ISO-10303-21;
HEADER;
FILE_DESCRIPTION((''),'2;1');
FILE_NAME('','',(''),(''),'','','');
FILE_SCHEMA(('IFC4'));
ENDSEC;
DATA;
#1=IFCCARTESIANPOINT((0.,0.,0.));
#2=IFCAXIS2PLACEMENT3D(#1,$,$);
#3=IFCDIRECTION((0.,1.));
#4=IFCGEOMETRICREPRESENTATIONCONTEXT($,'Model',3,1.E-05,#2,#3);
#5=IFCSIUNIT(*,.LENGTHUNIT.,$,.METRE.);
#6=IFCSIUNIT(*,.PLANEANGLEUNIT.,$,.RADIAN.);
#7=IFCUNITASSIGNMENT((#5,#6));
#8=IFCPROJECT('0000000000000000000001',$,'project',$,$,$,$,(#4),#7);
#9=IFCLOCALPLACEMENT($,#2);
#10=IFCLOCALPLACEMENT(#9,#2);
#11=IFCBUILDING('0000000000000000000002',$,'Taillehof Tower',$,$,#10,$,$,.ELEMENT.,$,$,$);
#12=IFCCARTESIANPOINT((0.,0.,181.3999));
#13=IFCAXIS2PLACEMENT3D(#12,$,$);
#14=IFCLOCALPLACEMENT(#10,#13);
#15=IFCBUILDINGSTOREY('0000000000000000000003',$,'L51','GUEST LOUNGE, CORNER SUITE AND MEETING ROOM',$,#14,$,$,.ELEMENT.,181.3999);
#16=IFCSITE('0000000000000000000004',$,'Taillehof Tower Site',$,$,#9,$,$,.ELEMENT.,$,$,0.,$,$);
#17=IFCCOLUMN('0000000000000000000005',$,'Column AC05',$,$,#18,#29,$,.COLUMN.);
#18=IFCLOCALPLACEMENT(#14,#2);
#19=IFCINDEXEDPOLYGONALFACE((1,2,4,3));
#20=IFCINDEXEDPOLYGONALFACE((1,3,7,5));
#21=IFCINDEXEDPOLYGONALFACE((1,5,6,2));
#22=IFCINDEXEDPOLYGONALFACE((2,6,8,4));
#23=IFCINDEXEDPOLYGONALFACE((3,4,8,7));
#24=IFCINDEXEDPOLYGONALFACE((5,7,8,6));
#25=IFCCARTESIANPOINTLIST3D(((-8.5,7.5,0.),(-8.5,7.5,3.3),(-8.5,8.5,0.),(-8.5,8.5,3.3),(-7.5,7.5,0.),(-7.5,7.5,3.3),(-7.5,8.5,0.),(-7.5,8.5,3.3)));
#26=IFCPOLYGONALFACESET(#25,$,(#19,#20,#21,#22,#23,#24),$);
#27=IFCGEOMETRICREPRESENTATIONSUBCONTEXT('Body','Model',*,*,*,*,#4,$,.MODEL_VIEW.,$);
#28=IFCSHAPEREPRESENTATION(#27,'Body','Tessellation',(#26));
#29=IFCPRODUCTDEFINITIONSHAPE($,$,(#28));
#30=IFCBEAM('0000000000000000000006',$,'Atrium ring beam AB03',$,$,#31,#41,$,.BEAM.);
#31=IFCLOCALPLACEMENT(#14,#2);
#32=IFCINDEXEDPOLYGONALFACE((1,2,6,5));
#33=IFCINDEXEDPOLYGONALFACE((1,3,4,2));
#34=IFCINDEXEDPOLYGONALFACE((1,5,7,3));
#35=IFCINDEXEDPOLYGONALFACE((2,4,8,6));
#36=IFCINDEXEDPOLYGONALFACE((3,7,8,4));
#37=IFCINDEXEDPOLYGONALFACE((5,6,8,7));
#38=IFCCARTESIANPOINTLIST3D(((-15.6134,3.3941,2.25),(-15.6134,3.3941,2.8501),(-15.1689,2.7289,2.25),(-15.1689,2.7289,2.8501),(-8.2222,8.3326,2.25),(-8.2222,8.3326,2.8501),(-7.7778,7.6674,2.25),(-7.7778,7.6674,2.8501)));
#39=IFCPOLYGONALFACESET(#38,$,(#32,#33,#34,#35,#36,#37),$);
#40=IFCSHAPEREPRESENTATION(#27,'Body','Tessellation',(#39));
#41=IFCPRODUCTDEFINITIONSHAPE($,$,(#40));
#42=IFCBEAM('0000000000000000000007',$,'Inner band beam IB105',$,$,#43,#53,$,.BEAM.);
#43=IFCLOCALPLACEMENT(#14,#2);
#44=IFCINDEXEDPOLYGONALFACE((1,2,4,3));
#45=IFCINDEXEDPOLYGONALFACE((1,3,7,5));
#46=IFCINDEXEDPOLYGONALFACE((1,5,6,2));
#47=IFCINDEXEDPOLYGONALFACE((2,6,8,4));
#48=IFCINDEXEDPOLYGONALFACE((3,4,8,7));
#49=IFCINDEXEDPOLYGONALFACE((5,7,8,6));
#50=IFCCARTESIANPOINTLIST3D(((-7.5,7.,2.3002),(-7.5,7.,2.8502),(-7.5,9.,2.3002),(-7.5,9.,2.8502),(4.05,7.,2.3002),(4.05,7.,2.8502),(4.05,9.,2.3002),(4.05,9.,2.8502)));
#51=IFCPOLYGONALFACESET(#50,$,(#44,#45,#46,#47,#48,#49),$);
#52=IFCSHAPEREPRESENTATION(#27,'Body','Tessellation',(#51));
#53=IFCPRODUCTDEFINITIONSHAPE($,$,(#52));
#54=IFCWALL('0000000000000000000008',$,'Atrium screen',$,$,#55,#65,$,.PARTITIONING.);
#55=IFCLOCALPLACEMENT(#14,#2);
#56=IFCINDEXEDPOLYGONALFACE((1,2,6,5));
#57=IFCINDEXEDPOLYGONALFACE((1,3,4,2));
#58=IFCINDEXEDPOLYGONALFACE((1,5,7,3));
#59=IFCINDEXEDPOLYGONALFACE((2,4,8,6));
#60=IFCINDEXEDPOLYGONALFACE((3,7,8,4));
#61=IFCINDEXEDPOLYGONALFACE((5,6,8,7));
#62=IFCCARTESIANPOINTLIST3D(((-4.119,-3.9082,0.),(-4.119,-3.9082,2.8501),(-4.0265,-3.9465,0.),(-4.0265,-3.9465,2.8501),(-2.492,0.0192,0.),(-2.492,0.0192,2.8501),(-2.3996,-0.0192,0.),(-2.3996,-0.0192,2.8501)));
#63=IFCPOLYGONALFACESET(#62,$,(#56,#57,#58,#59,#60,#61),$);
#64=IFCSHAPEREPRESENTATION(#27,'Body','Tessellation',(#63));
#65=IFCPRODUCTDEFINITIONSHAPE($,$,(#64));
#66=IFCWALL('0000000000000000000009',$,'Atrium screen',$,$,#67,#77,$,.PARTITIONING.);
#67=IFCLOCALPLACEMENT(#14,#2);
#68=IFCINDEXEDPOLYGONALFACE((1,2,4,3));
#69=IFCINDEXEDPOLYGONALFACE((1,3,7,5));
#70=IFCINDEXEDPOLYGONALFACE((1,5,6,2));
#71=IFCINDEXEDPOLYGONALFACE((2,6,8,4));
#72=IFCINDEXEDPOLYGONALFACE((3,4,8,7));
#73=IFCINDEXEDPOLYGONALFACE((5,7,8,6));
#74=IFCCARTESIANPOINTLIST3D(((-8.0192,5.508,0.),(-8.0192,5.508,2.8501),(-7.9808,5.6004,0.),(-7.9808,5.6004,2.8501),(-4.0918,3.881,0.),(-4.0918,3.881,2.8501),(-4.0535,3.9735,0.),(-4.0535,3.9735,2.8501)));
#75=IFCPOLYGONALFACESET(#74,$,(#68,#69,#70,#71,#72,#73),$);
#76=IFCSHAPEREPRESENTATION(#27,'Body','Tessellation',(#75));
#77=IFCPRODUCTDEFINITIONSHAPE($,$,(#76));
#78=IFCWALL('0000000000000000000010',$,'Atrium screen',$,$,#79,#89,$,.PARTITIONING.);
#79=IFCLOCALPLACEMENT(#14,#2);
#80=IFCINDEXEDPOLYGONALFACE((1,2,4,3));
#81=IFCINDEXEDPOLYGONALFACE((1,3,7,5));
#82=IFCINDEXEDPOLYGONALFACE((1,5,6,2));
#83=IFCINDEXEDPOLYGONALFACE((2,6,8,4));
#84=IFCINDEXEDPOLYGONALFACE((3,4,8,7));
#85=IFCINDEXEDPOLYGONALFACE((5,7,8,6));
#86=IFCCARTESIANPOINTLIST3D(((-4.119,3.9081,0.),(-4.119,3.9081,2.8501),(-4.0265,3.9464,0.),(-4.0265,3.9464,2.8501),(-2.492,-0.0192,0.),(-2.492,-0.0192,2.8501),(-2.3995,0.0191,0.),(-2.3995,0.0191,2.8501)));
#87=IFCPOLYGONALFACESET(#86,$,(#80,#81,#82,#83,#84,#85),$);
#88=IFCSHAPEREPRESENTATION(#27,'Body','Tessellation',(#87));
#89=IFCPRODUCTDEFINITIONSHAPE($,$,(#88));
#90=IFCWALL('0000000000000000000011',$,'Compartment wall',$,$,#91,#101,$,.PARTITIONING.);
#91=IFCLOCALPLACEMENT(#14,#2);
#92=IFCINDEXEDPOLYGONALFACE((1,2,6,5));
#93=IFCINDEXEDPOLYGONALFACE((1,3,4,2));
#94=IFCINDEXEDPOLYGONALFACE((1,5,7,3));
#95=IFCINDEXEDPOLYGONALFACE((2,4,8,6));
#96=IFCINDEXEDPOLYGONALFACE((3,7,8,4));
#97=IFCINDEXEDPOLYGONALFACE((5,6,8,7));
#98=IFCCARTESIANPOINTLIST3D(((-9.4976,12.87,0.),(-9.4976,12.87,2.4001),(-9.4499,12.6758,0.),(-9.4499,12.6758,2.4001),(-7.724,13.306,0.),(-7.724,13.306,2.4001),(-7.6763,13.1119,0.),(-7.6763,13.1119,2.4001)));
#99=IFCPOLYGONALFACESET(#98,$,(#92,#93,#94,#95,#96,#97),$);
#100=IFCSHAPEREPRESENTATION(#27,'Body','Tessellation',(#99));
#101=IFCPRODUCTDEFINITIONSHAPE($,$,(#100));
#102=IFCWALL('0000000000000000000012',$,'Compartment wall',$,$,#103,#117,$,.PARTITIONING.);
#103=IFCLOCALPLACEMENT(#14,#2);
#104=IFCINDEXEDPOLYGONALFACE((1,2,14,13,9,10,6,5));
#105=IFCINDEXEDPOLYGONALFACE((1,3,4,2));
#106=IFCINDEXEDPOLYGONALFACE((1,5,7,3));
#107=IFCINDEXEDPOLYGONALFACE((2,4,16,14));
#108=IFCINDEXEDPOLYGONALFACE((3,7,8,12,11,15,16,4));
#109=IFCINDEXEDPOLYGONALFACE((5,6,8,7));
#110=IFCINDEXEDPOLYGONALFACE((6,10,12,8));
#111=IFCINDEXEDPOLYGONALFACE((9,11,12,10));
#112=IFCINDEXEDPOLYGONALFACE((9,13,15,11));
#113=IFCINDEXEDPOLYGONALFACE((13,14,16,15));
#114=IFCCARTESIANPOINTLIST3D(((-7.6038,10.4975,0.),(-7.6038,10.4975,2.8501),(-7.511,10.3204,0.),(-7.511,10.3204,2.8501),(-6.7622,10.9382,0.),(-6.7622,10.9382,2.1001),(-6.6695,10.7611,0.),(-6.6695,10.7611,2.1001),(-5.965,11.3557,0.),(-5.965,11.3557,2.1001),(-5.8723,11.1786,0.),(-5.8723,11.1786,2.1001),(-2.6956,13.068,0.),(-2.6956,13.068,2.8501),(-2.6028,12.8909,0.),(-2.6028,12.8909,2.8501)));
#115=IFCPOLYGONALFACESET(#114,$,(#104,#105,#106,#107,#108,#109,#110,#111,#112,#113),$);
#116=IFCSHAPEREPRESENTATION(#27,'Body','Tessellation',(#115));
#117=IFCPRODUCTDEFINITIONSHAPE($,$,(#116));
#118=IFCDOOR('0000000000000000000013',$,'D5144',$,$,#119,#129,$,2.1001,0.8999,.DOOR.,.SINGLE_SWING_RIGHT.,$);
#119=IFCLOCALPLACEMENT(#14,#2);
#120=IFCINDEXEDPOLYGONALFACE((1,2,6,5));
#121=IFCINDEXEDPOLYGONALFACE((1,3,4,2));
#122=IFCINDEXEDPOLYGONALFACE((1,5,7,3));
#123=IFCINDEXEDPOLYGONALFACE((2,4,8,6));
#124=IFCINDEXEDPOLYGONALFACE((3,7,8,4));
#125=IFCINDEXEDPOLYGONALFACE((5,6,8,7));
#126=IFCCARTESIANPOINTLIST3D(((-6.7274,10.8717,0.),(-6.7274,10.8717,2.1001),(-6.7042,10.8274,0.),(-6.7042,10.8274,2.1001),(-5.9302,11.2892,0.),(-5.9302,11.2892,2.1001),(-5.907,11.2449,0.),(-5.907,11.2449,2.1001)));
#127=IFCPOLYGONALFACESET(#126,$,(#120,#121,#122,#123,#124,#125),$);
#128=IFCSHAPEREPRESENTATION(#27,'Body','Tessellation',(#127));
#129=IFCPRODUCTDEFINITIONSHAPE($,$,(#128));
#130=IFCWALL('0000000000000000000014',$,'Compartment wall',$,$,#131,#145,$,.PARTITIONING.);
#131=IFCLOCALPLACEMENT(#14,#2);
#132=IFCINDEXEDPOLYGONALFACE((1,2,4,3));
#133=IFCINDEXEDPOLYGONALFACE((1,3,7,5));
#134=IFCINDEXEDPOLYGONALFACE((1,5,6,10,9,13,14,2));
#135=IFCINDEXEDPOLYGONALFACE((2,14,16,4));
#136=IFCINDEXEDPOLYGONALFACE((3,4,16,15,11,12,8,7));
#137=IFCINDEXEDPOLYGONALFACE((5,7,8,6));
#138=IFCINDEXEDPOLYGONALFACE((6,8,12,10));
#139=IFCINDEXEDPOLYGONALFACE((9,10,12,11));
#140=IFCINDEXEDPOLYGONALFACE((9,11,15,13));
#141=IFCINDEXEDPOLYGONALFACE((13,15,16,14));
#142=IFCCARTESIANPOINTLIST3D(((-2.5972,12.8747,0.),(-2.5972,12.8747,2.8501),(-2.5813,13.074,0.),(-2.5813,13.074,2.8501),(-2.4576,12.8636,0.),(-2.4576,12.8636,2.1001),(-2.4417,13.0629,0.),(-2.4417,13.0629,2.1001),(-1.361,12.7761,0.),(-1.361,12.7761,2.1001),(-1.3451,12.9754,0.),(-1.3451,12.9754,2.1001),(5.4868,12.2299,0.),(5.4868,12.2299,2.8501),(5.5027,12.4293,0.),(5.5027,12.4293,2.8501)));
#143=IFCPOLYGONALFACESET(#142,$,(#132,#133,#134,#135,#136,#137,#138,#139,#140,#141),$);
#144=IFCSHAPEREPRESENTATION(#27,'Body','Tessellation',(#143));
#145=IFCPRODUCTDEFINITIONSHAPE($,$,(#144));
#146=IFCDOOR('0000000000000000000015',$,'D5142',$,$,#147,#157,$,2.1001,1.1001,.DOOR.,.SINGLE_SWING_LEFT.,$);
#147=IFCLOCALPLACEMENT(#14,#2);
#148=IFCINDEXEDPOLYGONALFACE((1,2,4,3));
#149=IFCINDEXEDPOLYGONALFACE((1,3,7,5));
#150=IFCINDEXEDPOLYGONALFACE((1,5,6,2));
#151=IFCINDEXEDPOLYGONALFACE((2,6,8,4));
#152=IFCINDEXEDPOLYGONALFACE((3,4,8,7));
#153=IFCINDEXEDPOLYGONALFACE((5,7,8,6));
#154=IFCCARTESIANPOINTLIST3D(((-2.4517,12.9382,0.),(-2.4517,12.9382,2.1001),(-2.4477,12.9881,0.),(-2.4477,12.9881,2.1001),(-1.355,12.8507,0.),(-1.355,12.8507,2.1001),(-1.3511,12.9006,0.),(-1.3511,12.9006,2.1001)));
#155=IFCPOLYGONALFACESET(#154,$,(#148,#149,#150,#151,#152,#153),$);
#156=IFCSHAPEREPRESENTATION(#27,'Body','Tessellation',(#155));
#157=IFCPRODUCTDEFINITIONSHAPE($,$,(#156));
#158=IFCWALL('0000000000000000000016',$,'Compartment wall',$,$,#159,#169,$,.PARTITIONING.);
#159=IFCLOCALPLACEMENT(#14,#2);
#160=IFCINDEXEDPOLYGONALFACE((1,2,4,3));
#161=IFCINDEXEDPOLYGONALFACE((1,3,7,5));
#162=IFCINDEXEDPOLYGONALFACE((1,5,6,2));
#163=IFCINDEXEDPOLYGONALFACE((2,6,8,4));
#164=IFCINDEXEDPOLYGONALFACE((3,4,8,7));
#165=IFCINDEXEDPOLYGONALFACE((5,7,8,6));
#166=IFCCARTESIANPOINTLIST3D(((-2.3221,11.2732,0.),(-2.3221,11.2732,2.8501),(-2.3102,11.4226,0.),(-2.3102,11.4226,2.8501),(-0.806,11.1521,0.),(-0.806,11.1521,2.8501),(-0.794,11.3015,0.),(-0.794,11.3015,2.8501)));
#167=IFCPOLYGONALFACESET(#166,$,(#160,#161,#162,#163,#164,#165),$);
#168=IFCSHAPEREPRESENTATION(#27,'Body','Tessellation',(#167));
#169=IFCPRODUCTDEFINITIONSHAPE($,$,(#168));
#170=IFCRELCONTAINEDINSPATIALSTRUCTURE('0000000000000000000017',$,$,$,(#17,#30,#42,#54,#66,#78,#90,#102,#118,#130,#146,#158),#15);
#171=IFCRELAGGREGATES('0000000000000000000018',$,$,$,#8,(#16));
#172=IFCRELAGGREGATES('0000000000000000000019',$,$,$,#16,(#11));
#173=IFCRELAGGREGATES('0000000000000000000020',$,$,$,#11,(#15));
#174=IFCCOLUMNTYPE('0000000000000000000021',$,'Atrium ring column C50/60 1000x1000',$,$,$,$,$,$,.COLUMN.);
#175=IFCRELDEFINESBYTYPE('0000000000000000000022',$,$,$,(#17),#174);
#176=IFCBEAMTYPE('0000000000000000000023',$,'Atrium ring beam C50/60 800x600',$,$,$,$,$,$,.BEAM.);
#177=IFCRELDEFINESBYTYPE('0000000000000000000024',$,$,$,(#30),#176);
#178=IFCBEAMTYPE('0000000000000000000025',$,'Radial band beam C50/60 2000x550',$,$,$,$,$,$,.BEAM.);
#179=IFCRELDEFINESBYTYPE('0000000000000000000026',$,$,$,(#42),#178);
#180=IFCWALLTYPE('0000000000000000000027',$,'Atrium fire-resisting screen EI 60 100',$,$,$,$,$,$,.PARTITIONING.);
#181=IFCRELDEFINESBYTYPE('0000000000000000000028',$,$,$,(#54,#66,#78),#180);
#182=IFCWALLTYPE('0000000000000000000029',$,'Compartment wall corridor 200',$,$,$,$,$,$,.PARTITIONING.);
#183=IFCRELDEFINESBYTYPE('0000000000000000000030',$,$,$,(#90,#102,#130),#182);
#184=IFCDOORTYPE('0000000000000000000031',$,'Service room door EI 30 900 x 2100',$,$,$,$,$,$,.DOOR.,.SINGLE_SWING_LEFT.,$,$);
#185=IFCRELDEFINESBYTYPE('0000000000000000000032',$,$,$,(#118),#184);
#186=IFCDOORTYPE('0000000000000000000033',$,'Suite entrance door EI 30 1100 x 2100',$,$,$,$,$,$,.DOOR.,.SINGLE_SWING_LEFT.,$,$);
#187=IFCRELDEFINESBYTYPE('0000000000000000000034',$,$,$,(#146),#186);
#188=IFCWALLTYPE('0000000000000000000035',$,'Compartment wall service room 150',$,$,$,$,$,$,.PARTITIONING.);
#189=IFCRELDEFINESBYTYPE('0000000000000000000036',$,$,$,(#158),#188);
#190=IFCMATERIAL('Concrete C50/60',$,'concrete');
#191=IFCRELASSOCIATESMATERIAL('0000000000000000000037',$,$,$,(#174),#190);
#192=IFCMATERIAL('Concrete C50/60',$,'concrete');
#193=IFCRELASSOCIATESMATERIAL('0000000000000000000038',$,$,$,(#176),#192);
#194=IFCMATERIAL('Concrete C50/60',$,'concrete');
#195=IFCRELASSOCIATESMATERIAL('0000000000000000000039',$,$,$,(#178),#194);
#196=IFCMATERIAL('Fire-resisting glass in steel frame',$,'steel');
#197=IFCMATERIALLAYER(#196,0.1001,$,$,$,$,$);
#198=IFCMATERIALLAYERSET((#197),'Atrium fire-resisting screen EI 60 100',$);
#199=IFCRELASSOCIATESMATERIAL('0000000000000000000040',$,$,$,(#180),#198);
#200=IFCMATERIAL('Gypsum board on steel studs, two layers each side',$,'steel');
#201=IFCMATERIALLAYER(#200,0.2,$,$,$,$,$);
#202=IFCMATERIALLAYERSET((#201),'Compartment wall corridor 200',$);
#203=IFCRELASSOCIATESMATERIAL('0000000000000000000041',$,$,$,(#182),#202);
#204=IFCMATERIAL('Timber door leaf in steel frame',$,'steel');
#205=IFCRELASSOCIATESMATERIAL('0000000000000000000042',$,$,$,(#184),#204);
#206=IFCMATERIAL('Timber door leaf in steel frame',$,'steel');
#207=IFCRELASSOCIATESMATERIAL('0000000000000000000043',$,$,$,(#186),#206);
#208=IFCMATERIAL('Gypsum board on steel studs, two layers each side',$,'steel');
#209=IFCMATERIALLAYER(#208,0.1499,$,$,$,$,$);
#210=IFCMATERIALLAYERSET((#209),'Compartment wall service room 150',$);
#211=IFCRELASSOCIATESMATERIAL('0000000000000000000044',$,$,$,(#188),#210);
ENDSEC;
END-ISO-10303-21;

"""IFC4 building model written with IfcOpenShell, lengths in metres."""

from ifc_helpers import new_model, si_unit, direction, frame, frame_2d, origin, origin_2d, place, context, subcontext, project, spatial, rectangle, extrude, material, layer, layer_set, material_profile, profile_set, type_object, element, fill, save


model = new_model("IFC4")

# Units and contexts
model_context = context("Model", 3, precision=1e-05, world=origin(), true_north=direction((0.0, 1.0)))
body_context = subcontext(model_context, "Body", "Model", "MODEL_VIEW")
ifc_project = project(units=[si_unit("LENGTHUNIT", "METRE"), si_unit("PLANEANGLEUNIT", "RADIAN")], contexts=[model_context])

# Site, building, storey
site_placement = place(None, origin())
site = spatial("IfcSite", under=ifc_project, at=site_placement, Name="Taillehof Tower Site", CompositionType="ELEMENT", RefElevation=0.0)
building_placement = place(site_placement, origin())
building = spatial("IfcBuilding", under=site, at=building_placement, Name="Taillehof Tower", CompositionType="ELEMENT")
storey_placement = place(building_placement, frame((0.0, 0.0, 181.3999)))
storey = spatial("IfcBuildingStorey", under=building, at=storey_placement, Name="L51", Description="GUEST LOUNGE, CORNER SUITE AND MEETING ROOM", CompositionType="ELEMENT", Elevation=181.3999)

# Column
ifc_material_1 = material(Name="Concrete C50/60", Category="concrete")
ifc_material_profile_1 = material_profile(ifc_material_1, rectangle(XDim=1.0, YDim=1.0, at=origin_2d()), Name="RC 1000x1000")
ifc_profile_set_1 = profile_set([ifc_material_profile_1], Name="Concrete C50/60")
column_type = type_object("IfcColumnType", Name="Atrium ring column C50/60 1000x1000", PredefinedType="COLUMN", material=ifc_profile_set_1)
column_placement = place(storey_placement, frame((-8.0, 8.0, 0.0), z_axis=(0.0, 0.0, 1.0), x_axis=(1.0, 0.0, 0.0)))
element("IfcColumn", 1, at=column_placement, inside=storey, type_object=column_type, Name="Column AC05", PredefinedType="COLUMN", context=body_context, shape_type="SweptSolid", body=[
    extrude(rectangle(XDim=1.0, YDim=1.0, at=origin_2d()), origin(), (0.0, 0.0, 1.0), 3.3),
])

# Beams
ifc_material_2 = material(Name="Concrete C50/60", Category="concrete")
ifc_material_profile_2 = material_profile(ifc_material_2, rectangle(XDim=0.8, YDim=0.6001, at=origin_2d()), Name="RC 800x600")
ifc_profile_set_2 = profile_set([ifc_material_profile_2], Name="Concrete C50/60")
beam_type_1 = type_object("IfcBeamType", Name="Atrium ring beam C50/60 800x600", PredefinedType="BEAM", material=ifc_profile_set_2)
beam_1_placement = place(storey_placement, frame((-8.0, 8.0, 2.55), z_axis=(-0.831475, -0.555562, 0.0), x_axis=(0.555562, -0.831475, 0.0)))
element("IfcBeam", 2, at=beam_1_placement, inside=storey, type_object=beam_type_1, Name="Atrium ring beam AB03", PredefinedType="BEAM", context=body_context, shape_type="SweptSolid", body=[
    extrude(rectangle(XDim=0.8, YDim=0.6001, at=origin_2d()), origin(), (0.0, 0.0, 1.0), 8.8892),
])
ifc_material_3 = material(Name="Concrete C50/60", Category="concrete")
ifc_material_profile_3 = material_profile(ifc_material_3, rectangle(XDim=2.0, YDim=0.55, at=origin_2d()), Name="RC 2000x550")
ifc_profile_set_3 = profile_set([ifc_material_profile_3], Name="Concrete C50/60")
beam_type_2 = type_object("IfcBeamType", Name="Radial band beam C50/60 2000x550", PredefinedType="BEAM", material=ifc_profile_set_3)
beam_2_placement = place(storey_placement, frame((-7.5, 8.0, 2.5752), z_axis=(1.0, 0.0, 0.0), x_axis=(0.0, 1.0, 0.0)))
element("IfcBeam", 3, at=beam_2_placement, inside=storey, type_object=beam_type_2, Name="Inner band beam IB105", PredefinedType="BEAM", context=body_context, shape_type="SweptSolid", body=[
    extrude(rectangle(XDim=2.0, YDim=0.55, at=origin_2d()), origin(), (0.0, 0.0, 1.0), 11.55),
])

# Walls
ifc_material_4 = material(Name="Fire-resisting glass in steel frame", Category="steel")
ifc_layer_1 = layer(ifc_material_4, 0.1001)
ifc_layer_set_1 = layer_set([ifc_layer_1], Name="Atrium fire-resisting screen EI 60 100")
wall_type_1 = type_object("IfcWallType", Name="Atrium fire-resisting screen EI 60 100", PredefinedType="PARTITIONING", material=ifc_layer_set_1)
for number, where, z_axis, x_axis, name in (
    (4, (-2.4458, 0.0, 0.0), (0.0, 0.0, 1.0), (-0.382731, -0.92386, 0.0), "Atrium screen"),
    (5, (-8.0, 5.5542, 0.0), (0.0, 0.0, 1.0), (0.92386, -0.382731, 0.0), "Atrium screen"),
    (6, (-4.0728, 3.9272, 0.0), (0.0, 0.0, 1.0), (0.382731, -0.92386, 0.0), "Atrium screen"),
):
    element("IfcWall", number, at=place(storey_placement, frame(where, z_axis=z_axis, x_axis=x_axis)), inside=storey, type_object=wall_type_1, Name=name, PredefinedType="PARTITIONING", context=body_context, shape_type="SweptSolid", body=[
        extrude(rectangle(XDim=4.251, YDim=0.1001, at=frame_2d((2.1255, 0.0))), origin(), (0.0, 0.0, 1.0), 2.8501),
    ])
ifc_material_5 = material(Name="Gypsum board on steel studs, two layers each side", Category="steel")
ifc_layer_2 = layer(ifc_material_5, 0.2)
ifc_layer_set_2 = layer_set([ifc_layer_2], Name="Compartment wall corridor 200")
wall_type_2 = type_object("IfcWallType", Name="Compartment wall corridor 200", PredefinedType="PARTITIONING", material=ifc_layer_set_2)
wall_1_placement = place(storey_placement, frame((-9.4736, 12.7729, 0.0), z_axis=(0.0, 0.0, 1.0), x_axis=(0.971086, 0.238728, 0.0)))
element("IfcWall", 7, at=wall_1_placement, inside=storey, type_object=wall_type_2, Name="Compartment wall", PredefinedType="PARTITIONING", context=body_context, shape_type="SweptSolid", body=[
    extrude(rectangle(XDim=1.8264, YDim=0.2, at=frame_2d((0.9131, 0.0))), origin(), (0.0, 0.0, 1.0), 2.4001),
])

# Walls, openings, doors
wall_2_placement = place(storey_placement, frame((-7.5574, 10.4089, 0.0), z_axis=(0.0, 0.0, 1.0), x_axis=(0.885862, 0.463949, 0.0)))
wall_2 = element("IfcWall", 8, at=wall_2_placement, inside=storey, type_object=wall_type_2, Name="Compartment wall", PredefinedType="PARTITIONING", context=body_context, shape_type="SweptSolid", body=[
    extrude(rectangle(XDim=5.5405, YDim=0.2, at=frame_2d((2.7703, 0.0))), origin(), (0.0, 0.0, 1.0), 2.8501),
])
opening_1_placement = place(wall_2_placement, frame((0.95, 0.0, 0.0)))
opening_1 = element("IfcOpeningElement", 9, at=opening_1_placement, cuts=wall_2, PredefinedType="OPENING", context=body_context, shape_type="SweptSolid", body=[
    extrude(rectangle(XDim=0.8999, YDim=2.1001, at=frame_2d((0.45, 1.05))), frame((0.0, 0.1099, 0.0), z_axis=(0.0, -1.0, 0.0), x_axis=(1.0, 0.0, 0.0)), (0.0, 0.0, 1.0), 0.22),
])
ifc_material_6 = material(Name="Timber door leaf in steel frame", Category="steel")
door_type_1 = type_object("IfcDoorType", Name="Service room door EI 30 900 x 2100", OperationType="SINGLE_SWING_LEFT", PredefinedType="DOOR", material=ifc_material_6)
door_1_placement = place(opening_1_placement, origin())
door_1 = element("IfcDoor", 10, at=door_1_placement, inside=storey, type_object=door_type_1, Name="D5144", OperationType="SINGLE_SWING_RIGHT", OverallHeight=2.1001, OverallWidth=0.8999, PredefinedType="DOOR", context=body_context, shape_type="SweptSolid", body=[
    extrude(rectangle(XDim=0.8999, YDim=2.1001, at=frame_2d((0.45, 1.05))), frame((0.0, 0.0249, 0.0), z_axis=(0.0, -1.0, 0.0), x_axis=(1.0, 0.0, 0.0)), (0.0, 0.0, 1.0), 0.05),
])
fill(opening_1, door_1)
wall_3_placement = place(storey_placement, frame((-2.5891, 12.9744, 0.0), z_axis=(0.0, 0.0, 1.0), x_axis=(0.996834, -0.079507, 0.0)))
wall_3 = element("IfcWall", 11, at=wall_3_placement, inside=storey, type_object=wall_type_2, Name="Compartment wall", PredefinedType="PARTITIONING", context=body_context, shape_type="SweptSolid", body=[
    extrude(rectangle(XDim=8.1096, YDim=0.2, at=frame_2d((4.0547, 0.0))), origin(), (0.0, 0.0, 1.0), 2.8501),
])
opening_2_placement = place(wall_3_placement, frame((0.1399, 0.0, 0.0)))
opening_2 = element("IfcOpeningElement", 12, at=opening_2_placement, cuts=wall_3, PredefinedType="OPENING", context=body_context, shape_type="SweptSolid", body=[
    extrude(rectangle(XDim=1.1001, YDim=2.1001, at=frame_2d((0.55, 1.05))), frame((0.0, 0.1099, 0.0), z_axis=(0.0, -1.0, 0.0), x_axis=(1.0, 0.0, 0.0)), (0.0, 0.0, 1.0), 0.22),
])
ifc_material_7 = material(Name="Timber door leaf in steel frame", Category="steel")
door_type_2 = type_object("IfcDoorType", Name="Suite entrance door EI 30 1100 x 2100", OperationType="SINGLE_SWING_LEFT", PredefinedType="DOOR", material=ifc_material_7)
door_2_placement = place(opening_2_placement, origin())
door_2 = element("IfcDoor", 13, at=door_2_placement, inside=storey, type_object=door_type_2, Name="D5142", OperationType="SINGLE_SWING_LEFT", OverallHeight=2.1001, OverallWidth=1.1001, PredefinedType="DOOR", context=body_context, shape_type="SweptSolid", body=[
    extrude(rectangle(XDim=1.1001, YDim=2.1001, at=frame_2d((0.55, 1.05))), frame((0.0, 0.0249, 0.0), z_axis=(0.0, -1.0, 0.0), x_axis=(1.0, 0.0, 0.0)), (0.0, 0.0, 1.0), 0.05),
])
fill(opening_2, door_2)

# Wall
ifc_material_8 = material(Name="Gypsum board on steel studs, two layers each side", Category="steel")
ifc_layer_3 = layer(ifc_material_8, 0.1499)
ifc_layer_set_3 = layer_set([ifc_layer_3], Name="Compartment wall service room 150")
wall_type_3 = type_object("IfcWallType", Name="Compartment wall service room 150", PredefinedType="PARTITIONING", material=ifc_layer_set_3)
wall_4_placement = place(storey_placement, frame((-2.3162, 11.3479, 0.0), z_axis=(0.0, 0.0, 1.0), x_axis=(0.996825, -0.079618, 0.0)))
element("IfcWall", 14, at=wall_4_placement, inside=storey, type_object=wall_type_3, Name="Compartment wall", PredefinedType="PARTITIONING", context=body_context, shape_type="SweptSolid", body=[
    extrude(rectangle(XDim=1.521, YDim=0.1499, at=frame_2d((0.7605, 0.0))), origin(), (0.0, 0.0, 1.0), 2.8501),
])

save(model, "model.ifc")
